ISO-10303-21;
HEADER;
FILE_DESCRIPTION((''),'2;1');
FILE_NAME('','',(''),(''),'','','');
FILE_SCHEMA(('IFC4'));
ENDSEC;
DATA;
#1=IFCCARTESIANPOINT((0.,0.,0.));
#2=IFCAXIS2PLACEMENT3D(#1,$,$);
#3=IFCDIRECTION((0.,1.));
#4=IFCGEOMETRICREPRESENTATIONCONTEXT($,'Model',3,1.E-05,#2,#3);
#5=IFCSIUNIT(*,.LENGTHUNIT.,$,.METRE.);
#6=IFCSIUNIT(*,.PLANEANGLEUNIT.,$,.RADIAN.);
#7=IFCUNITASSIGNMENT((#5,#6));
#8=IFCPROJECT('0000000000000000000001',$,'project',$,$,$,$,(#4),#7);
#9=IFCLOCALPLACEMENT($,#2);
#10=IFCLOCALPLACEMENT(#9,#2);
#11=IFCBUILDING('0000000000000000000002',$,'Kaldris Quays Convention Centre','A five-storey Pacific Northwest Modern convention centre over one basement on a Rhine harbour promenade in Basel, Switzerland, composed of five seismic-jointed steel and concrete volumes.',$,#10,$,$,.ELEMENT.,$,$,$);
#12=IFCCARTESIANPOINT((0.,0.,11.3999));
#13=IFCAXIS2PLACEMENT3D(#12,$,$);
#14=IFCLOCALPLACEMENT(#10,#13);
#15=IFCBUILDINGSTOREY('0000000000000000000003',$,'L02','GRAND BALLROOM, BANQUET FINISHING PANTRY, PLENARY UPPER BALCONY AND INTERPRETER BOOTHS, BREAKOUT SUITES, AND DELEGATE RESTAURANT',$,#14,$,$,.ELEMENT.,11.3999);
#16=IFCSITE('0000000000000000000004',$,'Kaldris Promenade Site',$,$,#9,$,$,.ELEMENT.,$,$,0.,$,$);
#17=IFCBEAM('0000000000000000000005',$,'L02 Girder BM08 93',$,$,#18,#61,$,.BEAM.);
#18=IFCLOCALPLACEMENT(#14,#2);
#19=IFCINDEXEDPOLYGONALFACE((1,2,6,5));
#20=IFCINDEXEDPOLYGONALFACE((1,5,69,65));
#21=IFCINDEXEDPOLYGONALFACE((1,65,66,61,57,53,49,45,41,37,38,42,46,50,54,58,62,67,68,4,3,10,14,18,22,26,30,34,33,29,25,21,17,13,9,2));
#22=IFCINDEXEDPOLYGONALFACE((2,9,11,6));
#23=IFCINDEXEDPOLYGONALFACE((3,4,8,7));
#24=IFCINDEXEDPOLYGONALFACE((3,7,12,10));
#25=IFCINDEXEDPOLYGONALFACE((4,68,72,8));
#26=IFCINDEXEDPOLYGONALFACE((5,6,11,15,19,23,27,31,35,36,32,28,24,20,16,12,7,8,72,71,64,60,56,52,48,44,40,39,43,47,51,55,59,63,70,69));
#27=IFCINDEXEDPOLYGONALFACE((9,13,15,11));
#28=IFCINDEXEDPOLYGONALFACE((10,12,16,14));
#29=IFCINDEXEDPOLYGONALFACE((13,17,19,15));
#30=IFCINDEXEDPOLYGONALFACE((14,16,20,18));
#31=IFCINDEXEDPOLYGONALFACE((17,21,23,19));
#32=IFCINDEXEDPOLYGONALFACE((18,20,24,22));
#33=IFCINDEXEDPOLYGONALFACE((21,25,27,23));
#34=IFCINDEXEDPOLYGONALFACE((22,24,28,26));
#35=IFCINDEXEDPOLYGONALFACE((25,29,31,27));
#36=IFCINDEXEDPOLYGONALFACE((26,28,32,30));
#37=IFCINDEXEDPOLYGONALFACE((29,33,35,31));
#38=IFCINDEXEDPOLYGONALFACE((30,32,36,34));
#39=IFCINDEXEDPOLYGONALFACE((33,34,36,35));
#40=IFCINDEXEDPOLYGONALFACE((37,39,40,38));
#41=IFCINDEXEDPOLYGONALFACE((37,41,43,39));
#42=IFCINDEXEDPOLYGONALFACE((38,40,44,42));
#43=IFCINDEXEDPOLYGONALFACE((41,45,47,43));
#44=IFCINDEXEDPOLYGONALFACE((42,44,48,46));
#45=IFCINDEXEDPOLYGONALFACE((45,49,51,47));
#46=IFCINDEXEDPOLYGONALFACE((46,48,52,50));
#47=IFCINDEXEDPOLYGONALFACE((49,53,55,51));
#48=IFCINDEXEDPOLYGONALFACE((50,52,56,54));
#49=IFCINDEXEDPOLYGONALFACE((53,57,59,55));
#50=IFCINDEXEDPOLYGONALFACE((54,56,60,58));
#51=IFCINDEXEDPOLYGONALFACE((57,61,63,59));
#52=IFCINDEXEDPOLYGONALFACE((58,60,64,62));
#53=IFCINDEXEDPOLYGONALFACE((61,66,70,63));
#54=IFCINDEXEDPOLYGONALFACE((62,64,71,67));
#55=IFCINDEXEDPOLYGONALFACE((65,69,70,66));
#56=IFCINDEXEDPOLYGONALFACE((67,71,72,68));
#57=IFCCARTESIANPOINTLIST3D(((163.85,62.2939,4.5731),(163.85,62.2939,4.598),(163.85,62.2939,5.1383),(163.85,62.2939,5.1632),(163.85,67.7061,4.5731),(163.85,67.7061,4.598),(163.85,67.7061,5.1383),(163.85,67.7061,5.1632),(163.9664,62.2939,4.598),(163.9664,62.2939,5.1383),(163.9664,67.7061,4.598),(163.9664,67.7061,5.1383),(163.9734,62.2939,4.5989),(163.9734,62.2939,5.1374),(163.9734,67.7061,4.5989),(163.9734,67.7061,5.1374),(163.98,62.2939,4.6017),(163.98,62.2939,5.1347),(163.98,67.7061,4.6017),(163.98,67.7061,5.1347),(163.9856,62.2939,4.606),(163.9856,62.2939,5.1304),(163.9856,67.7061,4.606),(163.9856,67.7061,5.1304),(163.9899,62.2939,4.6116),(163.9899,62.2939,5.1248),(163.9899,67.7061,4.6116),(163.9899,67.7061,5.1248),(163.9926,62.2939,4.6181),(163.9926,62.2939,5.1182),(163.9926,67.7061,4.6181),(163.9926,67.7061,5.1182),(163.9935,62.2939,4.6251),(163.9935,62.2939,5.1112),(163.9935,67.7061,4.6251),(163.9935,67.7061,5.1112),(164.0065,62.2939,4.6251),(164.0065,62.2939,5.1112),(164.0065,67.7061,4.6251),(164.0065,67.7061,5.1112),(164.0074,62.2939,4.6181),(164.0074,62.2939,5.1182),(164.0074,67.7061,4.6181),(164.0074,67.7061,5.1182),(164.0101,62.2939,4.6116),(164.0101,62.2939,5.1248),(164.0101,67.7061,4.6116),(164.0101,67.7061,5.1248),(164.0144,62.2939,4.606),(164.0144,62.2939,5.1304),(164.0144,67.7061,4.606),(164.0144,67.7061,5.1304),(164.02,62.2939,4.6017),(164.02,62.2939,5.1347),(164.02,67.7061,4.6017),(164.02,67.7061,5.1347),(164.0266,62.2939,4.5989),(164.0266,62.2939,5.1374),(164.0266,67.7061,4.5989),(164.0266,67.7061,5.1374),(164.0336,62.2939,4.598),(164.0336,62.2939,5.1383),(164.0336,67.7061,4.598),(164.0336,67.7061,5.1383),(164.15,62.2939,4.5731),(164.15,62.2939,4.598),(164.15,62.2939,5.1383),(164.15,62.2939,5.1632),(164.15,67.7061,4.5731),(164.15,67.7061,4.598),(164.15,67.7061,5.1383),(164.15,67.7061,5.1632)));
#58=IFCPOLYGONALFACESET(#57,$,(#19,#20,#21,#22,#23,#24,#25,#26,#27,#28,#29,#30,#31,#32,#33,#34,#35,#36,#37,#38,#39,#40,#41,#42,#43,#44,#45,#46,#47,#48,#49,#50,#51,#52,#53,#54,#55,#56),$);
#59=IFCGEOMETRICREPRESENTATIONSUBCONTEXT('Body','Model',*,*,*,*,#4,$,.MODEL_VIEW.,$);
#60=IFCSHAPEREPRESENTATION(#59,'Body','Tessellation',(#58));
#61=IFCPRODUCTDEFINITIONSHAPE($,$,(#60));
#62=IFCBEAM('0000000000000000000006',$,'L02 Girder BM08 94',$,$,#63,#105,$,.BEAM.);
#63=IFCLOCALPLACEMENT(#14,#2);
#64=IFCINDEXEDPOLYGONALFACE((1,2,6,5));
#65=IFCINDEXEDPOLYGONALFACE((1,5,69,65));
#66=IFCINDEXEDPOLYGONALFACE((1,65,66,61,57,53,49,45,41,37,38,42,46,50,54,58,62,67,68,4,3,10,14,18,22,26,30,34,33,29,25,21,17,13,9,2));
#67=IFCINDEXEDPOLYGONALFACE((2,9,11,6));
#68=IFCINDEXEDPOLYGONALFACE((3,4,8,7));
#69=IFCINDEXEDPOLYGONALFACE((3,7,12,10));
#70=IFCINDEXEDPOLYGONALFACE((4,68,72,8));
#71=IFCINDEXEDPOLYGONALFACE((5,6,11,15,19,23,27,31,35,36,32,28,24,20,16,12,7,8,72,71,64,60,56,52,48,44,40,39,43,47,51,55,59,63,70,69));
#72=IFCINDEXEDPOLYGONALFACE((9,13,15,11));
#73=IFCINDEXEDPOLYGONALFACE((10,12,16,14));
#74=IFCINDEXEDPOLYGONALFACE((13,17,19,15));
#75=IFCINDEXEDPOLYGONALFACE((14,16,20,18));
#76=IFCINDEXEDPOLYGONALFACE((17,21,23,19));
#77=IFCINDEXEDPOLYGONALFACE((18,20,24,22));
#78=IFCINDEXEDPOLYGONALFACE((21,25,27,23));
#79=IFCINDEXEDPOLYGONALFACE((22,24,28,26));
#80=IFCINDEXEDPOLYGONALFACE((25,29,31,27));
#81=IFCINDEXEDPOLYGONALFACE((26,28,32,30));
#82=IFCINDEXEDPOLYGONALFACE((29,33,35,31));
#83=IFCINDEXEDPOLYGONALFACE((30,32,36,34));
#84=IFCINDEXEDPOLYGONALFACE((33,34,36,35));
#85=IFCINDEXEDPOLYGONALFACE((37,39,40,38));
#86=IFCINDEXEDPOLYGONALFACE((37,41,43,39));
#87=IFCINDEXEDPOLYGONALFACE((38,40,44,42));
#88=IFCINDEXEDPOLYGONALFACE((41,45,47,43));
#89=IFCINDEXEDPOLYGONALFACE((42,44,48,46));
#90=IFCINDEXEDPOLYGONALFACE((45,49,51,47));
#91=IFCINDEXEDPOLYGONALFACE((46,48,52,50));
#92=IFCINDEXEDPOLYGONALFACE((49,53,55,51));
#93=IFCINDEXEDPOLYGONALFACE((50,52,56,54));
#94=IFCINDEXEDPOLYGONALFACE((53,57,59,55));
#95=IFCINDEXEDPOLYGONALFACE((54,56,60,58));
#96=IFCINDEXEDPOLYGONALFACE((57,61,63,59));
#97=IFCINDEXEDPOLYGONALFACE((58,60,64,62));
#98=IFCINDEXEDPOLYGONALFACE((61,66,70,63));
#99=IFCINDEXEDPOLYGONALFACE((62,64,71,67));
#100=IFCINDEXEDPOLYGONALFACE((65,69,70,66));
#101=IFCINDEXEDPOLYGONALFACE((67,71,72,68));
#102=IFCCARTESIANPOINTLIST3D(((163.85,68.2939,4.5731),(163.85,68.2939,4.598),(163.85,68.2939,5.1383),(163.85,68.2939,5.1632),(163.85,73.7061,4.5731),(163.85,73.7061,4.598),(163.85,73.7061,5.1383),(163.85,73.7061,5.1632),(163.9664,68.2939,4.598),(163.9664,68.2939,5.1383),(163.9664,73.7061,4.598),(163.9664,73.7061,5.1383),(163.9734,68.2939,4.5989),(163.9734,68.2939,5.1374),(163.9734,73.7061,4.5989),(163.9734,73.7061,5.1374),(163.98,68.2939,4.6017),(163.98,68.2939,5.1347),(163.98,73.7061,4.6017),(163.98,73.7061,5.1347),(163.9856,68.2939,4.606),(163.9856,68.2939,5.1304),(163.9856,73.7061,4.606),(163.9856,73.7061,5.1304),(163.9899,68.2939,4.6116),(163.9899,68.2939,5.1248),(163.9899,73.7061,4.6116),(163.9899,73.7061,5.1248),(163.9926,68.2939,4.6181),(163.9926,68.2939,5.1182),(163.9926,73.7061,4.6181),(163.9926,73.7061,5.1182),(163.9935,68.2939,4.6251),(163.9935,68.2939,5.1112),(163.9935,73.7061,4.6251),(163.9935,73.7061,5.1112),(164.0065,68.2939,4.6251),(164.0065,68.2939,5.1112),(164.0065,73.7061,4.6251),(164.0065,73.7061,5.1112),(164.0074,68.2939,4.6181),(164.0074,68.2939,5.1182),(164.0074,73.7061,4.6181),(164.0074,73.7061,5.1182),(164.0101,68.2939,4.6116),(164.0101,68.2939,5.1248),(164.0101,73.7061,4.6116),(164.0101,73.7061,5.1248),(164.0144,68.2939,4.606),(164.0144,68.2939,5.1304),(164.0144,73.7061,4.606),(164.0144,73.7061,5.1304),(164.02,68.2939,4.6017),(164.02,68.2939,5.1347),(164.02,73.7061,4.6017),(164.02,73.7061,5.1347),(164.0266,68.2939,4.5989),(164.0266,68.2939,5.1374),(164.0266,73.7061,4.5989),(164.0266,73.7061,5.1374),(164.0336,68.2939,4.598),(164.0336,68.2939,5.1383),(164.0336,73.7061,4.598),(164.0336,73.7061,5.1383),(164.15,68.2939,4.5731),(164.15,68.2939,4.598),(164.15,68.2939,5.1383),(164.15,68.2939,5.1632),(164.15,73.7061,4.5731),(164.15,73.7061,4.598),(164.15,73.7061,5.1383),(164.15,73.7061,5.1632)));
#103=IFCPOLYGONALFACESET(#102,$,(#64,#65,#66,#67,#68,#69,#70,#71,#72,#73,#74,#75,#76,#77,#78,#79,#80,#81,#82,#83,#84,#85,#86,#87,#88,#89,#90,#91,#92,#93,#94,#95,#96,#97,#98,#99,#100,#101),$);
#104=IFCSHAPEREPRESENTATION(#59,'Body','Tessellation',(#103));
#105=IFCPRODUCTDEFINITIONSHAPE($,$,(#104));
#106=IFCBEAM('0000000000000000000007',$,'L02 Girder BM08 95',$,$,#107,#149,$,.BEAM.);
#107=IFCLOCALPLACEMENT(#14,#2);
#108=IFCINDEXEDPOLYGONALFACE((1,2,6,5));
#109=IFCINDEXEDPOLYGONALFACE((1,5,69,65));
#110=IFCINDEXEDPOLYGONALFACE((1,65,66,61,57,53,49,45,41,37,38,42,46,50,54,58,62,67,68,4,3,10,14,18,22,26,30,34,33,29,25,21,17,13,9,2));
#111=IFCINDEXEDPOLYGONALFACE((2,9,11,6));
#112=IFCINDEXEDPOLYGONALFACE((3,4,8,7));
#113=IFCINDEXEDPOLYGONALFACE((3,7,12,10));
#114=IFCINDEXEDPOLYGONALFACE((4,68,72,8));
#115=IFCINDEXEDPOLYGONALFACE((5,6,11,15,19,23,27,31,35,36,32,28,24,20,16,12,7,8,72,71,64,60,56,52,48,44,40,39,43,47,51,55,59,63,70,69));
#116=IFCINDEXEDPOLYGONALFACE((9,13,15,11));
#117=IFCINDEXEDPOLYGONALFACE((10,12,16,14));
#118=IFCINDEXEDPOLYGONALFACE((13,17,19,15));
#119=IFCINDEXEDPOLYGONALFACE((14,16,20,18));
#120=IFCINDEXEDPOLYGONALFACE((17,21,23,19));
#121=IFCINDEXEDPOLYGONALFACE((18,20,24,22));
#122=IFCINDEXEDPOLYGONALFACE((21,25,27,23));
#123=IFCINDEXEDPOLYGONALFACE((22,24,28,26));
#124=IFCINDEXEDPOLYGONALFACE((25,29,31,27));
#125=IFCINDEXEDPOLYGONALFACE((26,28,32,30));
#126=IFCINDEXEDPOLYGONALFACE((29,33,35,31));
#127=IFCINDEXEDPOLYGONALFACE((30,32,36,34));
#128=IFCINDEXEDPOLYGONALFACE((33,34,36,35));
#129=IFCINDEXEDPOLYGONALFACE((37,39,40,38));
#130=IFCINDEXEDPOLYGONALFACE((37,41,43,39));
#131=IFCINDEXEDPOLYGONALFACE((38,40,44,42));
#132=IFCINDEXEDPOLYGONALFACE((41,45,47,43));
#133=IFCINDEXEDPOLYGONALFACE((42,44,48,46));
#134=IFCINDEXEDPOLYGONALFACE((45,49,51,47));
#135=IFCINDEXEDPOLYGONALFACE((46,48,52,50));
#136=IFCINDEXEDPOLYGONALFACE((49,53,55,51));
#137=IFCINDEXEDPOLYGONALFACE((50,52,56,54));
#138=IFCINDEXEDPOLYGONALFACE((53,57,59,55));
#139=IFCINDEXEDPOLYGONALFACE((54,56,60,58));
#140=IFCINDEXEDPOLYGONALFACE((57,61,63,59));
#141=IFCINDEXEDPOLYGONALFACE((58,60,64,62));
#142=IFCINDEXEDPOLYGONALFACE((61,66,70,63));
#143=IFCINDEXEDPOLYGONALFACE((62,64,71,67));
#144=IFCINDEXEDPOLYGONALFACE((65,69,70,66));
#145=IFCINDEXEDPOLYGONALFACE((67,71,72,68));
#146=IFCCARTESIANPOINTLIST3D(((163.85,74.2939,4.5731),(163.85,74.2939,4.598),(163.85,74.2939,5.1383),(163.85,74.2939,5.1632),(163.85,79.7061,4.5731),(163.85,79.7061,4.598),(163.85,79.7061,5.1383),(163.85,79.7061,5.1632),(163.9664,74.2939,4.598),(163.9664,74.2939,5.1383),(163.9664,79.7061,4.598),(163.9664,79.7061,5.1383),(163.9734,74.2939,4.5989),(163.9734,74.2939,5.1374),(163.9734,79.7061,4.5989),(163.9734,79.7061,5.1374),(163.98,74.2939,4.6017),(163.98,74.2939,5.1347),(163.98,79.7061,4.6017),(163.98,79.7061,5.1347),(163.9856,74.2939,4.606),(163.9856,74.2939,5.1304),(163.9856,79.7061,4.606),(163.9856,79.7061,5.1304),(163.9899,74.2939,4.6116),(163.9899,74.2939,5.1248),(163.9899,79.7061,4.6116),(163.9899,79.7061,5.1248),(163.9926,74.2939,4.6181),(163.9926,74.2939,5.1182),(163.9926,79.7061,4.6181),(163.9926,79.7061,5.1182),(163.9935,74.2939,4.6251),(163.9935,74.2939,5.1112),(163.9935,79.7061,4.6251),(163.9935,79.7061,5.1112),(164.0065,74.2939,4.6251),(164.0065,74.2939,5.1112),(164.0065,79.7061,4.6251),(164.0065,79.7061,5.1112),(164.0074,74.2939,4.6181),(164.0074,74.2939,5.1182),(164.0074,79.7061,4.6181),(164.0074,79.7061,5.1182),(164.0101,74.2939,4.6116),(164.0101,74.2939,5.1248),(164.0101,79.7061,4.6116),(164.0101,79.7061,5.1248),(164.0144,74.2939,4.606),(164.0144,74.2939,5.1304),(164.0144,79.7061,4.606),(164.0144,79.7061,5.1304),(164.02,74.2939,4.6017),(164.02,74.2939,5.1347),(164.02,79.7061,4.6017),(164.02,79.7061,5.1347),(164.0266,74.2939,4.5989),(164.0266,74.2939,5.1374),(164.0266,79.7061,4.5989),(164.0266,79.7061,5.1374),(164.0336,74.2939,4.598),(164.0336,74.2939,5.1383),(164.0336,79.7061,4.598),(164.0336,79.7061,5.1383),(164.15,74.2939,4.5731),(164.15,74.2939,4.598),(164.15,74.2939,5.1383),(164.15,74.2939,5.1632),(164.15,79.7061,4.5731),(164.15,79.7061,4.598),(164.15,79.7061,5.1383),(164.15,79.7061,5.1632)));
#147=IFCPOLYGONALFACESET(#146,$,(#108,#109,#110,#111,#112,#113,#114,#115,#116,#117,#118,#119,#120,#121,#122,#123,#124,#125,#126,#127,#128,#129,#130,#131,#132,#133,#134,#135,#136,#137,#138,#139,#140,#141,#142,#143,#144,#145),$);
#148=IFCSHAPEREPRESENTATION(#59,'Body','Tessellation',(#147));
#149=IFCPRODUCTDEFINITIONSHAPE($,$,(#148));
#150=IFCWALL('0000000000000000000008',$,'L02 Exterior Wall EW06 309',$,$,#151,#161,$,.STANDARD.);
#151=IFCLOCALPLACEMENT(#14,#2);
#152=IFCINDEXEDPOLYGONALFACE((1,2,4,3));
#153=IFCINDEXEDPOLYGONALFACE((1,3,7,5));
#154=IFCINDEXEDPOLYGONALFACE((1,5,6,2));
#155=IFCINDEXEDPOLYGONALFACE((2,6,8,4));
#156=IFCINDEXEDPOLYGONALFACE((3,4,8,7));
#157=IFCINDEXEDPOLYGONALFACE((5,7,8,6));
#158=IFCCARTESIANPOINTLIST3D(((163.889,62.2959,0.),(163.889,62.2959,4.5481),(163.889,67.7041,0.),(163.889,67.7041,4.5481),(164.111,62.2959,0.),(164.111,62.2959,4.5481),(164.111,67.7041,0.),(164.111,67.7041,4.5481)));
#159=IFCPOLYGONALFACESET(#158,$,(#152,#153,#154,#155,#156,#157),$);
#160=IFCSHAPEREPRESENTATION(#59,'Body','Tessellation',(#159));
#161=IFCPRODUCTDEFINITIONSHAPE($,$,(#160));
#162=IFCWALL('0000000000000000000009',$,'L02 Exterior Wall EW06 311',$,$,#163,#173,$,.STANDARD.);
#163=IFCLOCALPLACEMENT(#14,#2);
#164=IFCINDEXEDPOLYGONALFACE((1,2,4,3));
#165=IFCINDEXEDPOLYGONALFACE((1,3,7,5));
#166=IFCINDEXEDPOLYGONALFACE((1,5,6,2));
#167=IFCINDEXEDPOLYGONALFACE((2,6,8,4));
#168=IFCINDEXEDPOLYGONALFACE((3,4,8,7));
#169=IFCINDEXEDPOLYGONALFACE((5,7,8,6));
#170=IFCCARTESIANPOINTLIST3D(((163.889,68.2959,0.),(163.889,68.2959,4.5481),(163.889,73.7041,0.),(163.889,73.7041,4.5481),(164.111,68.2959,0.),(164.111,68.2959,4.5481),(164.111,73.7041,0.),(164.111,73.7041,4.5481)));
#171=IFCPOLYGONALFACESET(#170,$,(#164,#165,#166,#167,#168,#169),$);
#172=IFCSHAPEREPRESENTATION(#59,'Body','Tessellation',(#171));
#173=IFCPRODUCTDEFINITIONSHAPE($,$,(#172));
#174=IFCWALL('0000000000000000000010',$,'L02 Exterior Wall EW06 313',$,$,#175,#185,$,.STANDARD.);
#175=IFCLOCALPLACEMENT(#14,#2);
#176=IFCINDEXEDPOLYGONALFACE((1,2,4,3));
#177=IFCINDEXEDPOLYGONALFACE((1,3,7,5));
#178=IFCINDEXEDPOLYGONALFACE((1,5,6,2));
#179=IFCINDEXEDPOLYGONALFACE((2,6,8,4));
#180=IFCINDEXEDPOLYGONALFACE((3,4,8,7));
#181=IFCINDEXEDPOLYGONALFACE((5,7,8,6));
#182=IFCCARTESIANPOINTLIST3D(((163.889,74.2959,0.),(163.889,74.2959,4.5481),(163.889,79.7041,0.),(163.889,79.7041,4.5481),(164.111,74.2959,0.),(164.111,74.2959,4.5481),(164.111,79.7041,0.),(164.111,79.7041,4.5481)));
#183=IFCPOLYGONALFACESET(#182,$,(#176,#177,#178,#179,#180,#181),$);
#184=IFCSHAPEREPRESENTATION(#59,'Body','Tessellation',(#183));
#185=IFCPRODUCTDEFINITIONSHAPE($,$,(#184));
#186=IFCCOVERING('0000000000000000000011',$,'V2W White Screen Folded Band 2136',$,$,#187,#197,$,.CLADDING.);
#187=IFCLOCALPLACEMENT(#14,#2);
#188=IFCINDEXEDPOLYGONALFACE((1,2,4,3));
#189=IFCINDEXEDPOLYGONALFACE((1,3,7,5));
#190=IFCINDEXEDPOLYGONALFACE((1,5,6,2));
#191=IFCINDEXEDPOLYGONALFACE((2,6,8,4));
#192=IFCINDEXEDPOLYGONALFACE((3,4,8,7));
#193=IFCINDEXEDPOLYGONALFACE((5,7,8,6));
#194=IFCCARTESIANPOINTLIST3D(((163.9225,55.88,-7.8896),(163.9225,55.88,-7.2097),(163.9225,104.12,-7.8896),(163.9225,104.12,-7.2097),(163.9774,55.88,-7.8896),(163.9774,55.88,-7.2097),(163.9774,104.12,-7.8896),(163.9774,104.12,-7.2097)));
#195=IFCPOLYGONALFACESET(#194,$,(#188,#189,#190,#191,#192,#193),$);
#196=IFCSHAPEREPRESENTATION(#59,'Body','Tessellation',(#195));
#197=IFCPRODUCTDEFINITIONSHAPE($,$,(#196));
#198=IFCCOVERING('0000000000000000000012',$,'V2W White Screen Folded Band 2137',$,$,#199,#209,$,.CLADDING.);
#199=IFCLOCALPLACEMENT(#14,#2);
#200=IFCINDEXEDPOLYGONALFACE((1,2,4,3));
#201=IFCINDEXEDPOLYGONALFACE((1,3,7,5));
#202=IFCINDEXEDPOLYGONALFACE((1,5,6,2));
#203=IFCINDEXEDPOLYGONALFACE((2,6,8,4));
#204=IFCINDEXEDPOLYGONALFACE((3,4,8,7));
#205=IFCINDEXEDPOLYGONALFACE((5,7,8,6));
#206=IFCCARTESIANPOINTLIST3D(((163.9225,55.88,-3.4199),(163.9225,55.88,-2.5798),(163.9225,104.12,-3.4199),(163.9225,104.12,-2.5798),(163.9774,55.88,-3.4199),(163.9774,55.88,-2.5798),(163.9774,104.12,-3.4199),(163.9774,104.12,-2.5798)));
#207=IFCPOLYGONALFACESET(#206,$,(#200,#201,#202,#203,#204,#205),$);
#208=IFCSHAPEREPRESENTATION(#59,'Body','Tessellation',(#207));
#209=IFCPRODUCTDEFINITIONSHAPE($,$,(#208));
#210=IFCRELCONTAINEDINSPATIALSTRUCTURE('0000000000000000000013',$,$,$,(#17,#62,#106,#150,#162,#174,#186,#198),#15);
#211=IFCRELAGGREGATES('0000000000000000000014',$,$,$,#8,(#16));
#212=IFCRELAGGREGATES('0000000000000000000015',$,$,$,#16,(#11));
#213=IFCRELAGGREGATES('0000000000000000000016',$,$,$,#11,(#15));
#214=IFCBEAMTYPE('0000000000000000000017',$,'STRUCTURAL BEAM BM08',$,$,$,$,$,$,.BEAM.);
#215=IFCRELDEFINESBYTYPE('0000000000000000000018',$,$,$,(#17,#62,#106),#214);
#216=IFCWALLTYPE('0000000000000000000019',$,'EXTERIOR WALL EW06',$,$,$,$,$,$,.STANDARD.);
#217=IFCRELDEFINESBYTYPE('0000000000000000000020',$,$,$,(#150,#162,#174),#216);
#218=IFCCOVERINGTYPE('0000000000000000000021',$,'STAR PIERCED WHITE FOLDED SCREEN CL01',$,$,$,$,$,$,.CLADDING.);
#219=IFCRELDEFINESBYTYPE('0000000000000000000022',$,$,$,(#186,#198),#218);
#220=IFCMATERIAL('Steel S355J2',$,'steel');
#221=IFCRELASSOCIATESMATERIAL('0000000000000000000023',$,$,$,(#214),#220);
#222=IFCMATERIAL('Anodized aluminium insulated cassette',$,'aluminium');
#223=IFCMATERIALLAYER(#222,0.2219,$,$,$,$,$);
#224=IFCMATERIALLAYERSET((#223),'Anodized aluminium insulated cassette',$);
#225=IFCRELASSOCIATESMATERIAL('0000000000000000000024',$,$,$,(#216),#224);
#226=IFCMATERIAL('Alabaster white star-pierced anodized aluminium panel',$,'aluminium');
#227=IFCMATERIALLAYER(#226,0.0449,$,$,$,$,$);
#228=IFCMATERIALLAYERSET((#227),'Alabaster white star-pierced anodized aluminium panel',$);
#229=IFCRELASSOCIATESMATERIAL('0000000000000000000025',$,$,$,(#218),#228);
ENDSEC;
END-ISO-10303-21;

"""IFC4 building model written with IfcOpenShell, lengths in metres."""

from ifc_helpers import new_model, si_unit, direction, frame, frame_2d, origin, origin_2d, place, context, subcontext, project, spatial, rectangle, i_section, extrude, material, layer, layer_set, material_profile, profile_set, type_object, element, save


model = new_model("IFC4")

# Units and contexts
model_context = context("Model", 3, precision=1e-05, world=origin(), true_north=direction((0.0, 1.0)))
body_context = subcontext(model_context, "Body", "Model", "MODEL_VIEW")
ifc_project = project(units=[si_unit("LENGTHUNIT", "METRE"), si_unit("PLANEANGLEUNIT", "RADIAN")], contexts=[model_context])

# Site, building, storey
site_placement = place(None, origin())
site = spatial("IfcSite", under=ifc_project, at=site_placement, Name="Kaldris Promenade Site", CompositionType="ELEMENT", RefElevation=0.0)
building_placement = place(site_placement, origin())
building = spatial("IfcBuilding", under=site, at=building_placement, Name="Kaldris Quays Convention Centre", Description="A five-storey Pacific Northwest Modern convention centre over one basement on a Rhine harbour promenade in Basel, Switzerland, composed of five seismic-jointed steel and concrete volumes.", CompositionType="ELEMENT")
storey_placement = place(building_placement, frame((0.0, 0.0, 11.3999)))
storey = spatial("IfcBuildingStorey", under=building, at=storey_placement, Name="L02", Description="GRAND BALLROOM, BANQUET FINISHING PANTRY, PLENARY UPPER BALCONY AND INTERPRETER BOOTHS, BREAKOUT SUITES, AND DELEGATE RESTAURANT", CompositionType="ELEMENT", Elevation=11.3999)

# Shared definitions
ifc_material_1 = material(Name="Steel S355J2", Category="steel")

# Beams
ifc_material_profile_1 = material_profile(ifc_material_1, i_section(OverallWidth=0.3, OverallDepth=0.5901, WebThickness=0.0129, FlangeThickness=0.0249, FilletRadius=0.0271, at=origin_2d()), Name="HEA 600")
ifc_profile_set_1 = profile_set([ifc_material_profile_1], Name="Steel S355J2")
beam_type = type_object("IfcBeamType", Name="STRUCTURAL BEAM BM08", PredefinedType="BEAM", material=ifc_profile_set_1)
for number, where, z_axis, x_axis, name in (
    (1, (164.0, 62.2939, 4.8682), (0.0, 1.0, 0.0), (-1.0, 0.0, 0.0), "L02 Girder BM08 93"),
    (2, (164.0, 68.2939, 4.8682), (0.0, 1.0, 0.0), (-1.0, 0.0, 0.0), "L02 Girder BM08 94"),
    (3, (164.0, 74.2939, 4.8682), (0.0, 1.0, 0.0), (-1.0, 0.0, 0.0), "L02 Girder BM08 95"),
):
    element("IfcBeam", number, at=place(storey_placement, frame(where, z_axis=z_axis, x_axis=x_axis)), inside=storey, type_object=beam_type, Name=name, PredefinedType="BEAM", context=body_context, shape_type="SweptSolid", body=[
        extrude(i_section(OverallWidth=0.3, OverallDepth=0.5901, WebThickness=0.0129, FlangeThickness=0.0249, FilletRadius=0.0271, at=origin_2d()), origin(), (0.0, 0.0, 1.0), 5.4121),
    ])

# Walls
ifc_material_2 = material(Name="Anodized aluminium insulated cassette", Category="aluminium")
ifc_layer_1 = layer(ifc_material_2, 0.2219)
ifc_layer_set_1 = layer_set([ifc_layer_1], Name="Anodized aluminium insulated cassette")
wall_type = type_object("IfcWallType", Name="EXTERIOR WALL EW06", PredefinedType="STANDARD", material=ifc_layer_set_1)
for number, where, z_axis, x_axis, name in (
    (4, (164.0, 62.2959, 0.0), (0.0, 0.0, 1.0), (0.0, 1.0, 0.0), "L02 Exterior Wall EW06 309"),
    (5, (164.0, 68.2959, 0.0), (0.0, 0.0, 1.0), (0.0, 1.0, 0.0), "L02 Exterior Wall EW06 311"),
    (6, (164.0, 74.2959, 0.0), (0.0, 0.0, 1.0), (0.0, 1.0, 0.0), "L02 Exterior Wall EW06 313"),
):
    element("IfcWall", number, at=place(storey_placement, frame(where, z_axis=z_axis, x_axis=x_axis)), inside=storey, type_object=wall_type, Name=name, PredefinedType="STANDARD", context=body_context, shape_type="SweptSolid", body=[
        extrude(rectangle(XDim=5.4082, YDim=0.2219, at=frame_2d((2.7041, 0.0))), origin(), (0.0, 0.0, 1.0), 4.5481),
    ])

# Coverings
ifc_material_3 = material(Name="Alabaster white star-pierced anodized aluminium panel", Category="aluminium")
ifc_layer_2 = layer(ifc_material_3, 0.0449)
ifc_layer_set_2 = layer_set([ifc_layer_2], Name="Alabaster white star-pierced anodized aluminium panel")
covering_type = type_object("IfcCoveringType", Name="STAR PIERCED WHITE FOLDED SCREEN CL01", PredefinedType="CLADDING", material=ifc_layer_set_2)
covering_1_placement = place(storey_placement, frame((163.95, 80.0, -7.8896), z_axis=(0.0, 0.0, 1.0), x_axis=(0.0, 1.0, 0.0)))
element("IfcCovering", 7, at=covering_1_placement, inside=storey, type_object=covering_type, Name="V2W White Screen Folded Band 2136", PredefinedType="CLADDING", context=body_context, shape_type="SweptSolid", body=[
    extrude(rectangle(XDim=48.24, YDim=0.0549, at=origin_2d()), origin(), (0.0, 0.0, 1.0), 0.6799),
])
for number, where, z_axis, x_axis, name in (
    (8, (163.95, 80.0, -3.4199), (0.0, 0.0, 1.0), (0.0, 1.0, 0.0), "V2W White Screen Folded Band 2137"),
):
    element("IfcCovering", number, at=place(storey_placement, frame(where, z_axis=z_axis, x_axis=x_axis)), inside=storey, type_object=covering_type, Name=name, PredefinedType="CLADDING", context=body_context, shape_type="SweptSolid", body=[
        extrude(rectangle(XDim=48.24, YDim=0.0549, at=origin_2d()), origin(), (0.0, 0.0, 1.0), 0.8401),
    ])

save(model, "model.ifc")
